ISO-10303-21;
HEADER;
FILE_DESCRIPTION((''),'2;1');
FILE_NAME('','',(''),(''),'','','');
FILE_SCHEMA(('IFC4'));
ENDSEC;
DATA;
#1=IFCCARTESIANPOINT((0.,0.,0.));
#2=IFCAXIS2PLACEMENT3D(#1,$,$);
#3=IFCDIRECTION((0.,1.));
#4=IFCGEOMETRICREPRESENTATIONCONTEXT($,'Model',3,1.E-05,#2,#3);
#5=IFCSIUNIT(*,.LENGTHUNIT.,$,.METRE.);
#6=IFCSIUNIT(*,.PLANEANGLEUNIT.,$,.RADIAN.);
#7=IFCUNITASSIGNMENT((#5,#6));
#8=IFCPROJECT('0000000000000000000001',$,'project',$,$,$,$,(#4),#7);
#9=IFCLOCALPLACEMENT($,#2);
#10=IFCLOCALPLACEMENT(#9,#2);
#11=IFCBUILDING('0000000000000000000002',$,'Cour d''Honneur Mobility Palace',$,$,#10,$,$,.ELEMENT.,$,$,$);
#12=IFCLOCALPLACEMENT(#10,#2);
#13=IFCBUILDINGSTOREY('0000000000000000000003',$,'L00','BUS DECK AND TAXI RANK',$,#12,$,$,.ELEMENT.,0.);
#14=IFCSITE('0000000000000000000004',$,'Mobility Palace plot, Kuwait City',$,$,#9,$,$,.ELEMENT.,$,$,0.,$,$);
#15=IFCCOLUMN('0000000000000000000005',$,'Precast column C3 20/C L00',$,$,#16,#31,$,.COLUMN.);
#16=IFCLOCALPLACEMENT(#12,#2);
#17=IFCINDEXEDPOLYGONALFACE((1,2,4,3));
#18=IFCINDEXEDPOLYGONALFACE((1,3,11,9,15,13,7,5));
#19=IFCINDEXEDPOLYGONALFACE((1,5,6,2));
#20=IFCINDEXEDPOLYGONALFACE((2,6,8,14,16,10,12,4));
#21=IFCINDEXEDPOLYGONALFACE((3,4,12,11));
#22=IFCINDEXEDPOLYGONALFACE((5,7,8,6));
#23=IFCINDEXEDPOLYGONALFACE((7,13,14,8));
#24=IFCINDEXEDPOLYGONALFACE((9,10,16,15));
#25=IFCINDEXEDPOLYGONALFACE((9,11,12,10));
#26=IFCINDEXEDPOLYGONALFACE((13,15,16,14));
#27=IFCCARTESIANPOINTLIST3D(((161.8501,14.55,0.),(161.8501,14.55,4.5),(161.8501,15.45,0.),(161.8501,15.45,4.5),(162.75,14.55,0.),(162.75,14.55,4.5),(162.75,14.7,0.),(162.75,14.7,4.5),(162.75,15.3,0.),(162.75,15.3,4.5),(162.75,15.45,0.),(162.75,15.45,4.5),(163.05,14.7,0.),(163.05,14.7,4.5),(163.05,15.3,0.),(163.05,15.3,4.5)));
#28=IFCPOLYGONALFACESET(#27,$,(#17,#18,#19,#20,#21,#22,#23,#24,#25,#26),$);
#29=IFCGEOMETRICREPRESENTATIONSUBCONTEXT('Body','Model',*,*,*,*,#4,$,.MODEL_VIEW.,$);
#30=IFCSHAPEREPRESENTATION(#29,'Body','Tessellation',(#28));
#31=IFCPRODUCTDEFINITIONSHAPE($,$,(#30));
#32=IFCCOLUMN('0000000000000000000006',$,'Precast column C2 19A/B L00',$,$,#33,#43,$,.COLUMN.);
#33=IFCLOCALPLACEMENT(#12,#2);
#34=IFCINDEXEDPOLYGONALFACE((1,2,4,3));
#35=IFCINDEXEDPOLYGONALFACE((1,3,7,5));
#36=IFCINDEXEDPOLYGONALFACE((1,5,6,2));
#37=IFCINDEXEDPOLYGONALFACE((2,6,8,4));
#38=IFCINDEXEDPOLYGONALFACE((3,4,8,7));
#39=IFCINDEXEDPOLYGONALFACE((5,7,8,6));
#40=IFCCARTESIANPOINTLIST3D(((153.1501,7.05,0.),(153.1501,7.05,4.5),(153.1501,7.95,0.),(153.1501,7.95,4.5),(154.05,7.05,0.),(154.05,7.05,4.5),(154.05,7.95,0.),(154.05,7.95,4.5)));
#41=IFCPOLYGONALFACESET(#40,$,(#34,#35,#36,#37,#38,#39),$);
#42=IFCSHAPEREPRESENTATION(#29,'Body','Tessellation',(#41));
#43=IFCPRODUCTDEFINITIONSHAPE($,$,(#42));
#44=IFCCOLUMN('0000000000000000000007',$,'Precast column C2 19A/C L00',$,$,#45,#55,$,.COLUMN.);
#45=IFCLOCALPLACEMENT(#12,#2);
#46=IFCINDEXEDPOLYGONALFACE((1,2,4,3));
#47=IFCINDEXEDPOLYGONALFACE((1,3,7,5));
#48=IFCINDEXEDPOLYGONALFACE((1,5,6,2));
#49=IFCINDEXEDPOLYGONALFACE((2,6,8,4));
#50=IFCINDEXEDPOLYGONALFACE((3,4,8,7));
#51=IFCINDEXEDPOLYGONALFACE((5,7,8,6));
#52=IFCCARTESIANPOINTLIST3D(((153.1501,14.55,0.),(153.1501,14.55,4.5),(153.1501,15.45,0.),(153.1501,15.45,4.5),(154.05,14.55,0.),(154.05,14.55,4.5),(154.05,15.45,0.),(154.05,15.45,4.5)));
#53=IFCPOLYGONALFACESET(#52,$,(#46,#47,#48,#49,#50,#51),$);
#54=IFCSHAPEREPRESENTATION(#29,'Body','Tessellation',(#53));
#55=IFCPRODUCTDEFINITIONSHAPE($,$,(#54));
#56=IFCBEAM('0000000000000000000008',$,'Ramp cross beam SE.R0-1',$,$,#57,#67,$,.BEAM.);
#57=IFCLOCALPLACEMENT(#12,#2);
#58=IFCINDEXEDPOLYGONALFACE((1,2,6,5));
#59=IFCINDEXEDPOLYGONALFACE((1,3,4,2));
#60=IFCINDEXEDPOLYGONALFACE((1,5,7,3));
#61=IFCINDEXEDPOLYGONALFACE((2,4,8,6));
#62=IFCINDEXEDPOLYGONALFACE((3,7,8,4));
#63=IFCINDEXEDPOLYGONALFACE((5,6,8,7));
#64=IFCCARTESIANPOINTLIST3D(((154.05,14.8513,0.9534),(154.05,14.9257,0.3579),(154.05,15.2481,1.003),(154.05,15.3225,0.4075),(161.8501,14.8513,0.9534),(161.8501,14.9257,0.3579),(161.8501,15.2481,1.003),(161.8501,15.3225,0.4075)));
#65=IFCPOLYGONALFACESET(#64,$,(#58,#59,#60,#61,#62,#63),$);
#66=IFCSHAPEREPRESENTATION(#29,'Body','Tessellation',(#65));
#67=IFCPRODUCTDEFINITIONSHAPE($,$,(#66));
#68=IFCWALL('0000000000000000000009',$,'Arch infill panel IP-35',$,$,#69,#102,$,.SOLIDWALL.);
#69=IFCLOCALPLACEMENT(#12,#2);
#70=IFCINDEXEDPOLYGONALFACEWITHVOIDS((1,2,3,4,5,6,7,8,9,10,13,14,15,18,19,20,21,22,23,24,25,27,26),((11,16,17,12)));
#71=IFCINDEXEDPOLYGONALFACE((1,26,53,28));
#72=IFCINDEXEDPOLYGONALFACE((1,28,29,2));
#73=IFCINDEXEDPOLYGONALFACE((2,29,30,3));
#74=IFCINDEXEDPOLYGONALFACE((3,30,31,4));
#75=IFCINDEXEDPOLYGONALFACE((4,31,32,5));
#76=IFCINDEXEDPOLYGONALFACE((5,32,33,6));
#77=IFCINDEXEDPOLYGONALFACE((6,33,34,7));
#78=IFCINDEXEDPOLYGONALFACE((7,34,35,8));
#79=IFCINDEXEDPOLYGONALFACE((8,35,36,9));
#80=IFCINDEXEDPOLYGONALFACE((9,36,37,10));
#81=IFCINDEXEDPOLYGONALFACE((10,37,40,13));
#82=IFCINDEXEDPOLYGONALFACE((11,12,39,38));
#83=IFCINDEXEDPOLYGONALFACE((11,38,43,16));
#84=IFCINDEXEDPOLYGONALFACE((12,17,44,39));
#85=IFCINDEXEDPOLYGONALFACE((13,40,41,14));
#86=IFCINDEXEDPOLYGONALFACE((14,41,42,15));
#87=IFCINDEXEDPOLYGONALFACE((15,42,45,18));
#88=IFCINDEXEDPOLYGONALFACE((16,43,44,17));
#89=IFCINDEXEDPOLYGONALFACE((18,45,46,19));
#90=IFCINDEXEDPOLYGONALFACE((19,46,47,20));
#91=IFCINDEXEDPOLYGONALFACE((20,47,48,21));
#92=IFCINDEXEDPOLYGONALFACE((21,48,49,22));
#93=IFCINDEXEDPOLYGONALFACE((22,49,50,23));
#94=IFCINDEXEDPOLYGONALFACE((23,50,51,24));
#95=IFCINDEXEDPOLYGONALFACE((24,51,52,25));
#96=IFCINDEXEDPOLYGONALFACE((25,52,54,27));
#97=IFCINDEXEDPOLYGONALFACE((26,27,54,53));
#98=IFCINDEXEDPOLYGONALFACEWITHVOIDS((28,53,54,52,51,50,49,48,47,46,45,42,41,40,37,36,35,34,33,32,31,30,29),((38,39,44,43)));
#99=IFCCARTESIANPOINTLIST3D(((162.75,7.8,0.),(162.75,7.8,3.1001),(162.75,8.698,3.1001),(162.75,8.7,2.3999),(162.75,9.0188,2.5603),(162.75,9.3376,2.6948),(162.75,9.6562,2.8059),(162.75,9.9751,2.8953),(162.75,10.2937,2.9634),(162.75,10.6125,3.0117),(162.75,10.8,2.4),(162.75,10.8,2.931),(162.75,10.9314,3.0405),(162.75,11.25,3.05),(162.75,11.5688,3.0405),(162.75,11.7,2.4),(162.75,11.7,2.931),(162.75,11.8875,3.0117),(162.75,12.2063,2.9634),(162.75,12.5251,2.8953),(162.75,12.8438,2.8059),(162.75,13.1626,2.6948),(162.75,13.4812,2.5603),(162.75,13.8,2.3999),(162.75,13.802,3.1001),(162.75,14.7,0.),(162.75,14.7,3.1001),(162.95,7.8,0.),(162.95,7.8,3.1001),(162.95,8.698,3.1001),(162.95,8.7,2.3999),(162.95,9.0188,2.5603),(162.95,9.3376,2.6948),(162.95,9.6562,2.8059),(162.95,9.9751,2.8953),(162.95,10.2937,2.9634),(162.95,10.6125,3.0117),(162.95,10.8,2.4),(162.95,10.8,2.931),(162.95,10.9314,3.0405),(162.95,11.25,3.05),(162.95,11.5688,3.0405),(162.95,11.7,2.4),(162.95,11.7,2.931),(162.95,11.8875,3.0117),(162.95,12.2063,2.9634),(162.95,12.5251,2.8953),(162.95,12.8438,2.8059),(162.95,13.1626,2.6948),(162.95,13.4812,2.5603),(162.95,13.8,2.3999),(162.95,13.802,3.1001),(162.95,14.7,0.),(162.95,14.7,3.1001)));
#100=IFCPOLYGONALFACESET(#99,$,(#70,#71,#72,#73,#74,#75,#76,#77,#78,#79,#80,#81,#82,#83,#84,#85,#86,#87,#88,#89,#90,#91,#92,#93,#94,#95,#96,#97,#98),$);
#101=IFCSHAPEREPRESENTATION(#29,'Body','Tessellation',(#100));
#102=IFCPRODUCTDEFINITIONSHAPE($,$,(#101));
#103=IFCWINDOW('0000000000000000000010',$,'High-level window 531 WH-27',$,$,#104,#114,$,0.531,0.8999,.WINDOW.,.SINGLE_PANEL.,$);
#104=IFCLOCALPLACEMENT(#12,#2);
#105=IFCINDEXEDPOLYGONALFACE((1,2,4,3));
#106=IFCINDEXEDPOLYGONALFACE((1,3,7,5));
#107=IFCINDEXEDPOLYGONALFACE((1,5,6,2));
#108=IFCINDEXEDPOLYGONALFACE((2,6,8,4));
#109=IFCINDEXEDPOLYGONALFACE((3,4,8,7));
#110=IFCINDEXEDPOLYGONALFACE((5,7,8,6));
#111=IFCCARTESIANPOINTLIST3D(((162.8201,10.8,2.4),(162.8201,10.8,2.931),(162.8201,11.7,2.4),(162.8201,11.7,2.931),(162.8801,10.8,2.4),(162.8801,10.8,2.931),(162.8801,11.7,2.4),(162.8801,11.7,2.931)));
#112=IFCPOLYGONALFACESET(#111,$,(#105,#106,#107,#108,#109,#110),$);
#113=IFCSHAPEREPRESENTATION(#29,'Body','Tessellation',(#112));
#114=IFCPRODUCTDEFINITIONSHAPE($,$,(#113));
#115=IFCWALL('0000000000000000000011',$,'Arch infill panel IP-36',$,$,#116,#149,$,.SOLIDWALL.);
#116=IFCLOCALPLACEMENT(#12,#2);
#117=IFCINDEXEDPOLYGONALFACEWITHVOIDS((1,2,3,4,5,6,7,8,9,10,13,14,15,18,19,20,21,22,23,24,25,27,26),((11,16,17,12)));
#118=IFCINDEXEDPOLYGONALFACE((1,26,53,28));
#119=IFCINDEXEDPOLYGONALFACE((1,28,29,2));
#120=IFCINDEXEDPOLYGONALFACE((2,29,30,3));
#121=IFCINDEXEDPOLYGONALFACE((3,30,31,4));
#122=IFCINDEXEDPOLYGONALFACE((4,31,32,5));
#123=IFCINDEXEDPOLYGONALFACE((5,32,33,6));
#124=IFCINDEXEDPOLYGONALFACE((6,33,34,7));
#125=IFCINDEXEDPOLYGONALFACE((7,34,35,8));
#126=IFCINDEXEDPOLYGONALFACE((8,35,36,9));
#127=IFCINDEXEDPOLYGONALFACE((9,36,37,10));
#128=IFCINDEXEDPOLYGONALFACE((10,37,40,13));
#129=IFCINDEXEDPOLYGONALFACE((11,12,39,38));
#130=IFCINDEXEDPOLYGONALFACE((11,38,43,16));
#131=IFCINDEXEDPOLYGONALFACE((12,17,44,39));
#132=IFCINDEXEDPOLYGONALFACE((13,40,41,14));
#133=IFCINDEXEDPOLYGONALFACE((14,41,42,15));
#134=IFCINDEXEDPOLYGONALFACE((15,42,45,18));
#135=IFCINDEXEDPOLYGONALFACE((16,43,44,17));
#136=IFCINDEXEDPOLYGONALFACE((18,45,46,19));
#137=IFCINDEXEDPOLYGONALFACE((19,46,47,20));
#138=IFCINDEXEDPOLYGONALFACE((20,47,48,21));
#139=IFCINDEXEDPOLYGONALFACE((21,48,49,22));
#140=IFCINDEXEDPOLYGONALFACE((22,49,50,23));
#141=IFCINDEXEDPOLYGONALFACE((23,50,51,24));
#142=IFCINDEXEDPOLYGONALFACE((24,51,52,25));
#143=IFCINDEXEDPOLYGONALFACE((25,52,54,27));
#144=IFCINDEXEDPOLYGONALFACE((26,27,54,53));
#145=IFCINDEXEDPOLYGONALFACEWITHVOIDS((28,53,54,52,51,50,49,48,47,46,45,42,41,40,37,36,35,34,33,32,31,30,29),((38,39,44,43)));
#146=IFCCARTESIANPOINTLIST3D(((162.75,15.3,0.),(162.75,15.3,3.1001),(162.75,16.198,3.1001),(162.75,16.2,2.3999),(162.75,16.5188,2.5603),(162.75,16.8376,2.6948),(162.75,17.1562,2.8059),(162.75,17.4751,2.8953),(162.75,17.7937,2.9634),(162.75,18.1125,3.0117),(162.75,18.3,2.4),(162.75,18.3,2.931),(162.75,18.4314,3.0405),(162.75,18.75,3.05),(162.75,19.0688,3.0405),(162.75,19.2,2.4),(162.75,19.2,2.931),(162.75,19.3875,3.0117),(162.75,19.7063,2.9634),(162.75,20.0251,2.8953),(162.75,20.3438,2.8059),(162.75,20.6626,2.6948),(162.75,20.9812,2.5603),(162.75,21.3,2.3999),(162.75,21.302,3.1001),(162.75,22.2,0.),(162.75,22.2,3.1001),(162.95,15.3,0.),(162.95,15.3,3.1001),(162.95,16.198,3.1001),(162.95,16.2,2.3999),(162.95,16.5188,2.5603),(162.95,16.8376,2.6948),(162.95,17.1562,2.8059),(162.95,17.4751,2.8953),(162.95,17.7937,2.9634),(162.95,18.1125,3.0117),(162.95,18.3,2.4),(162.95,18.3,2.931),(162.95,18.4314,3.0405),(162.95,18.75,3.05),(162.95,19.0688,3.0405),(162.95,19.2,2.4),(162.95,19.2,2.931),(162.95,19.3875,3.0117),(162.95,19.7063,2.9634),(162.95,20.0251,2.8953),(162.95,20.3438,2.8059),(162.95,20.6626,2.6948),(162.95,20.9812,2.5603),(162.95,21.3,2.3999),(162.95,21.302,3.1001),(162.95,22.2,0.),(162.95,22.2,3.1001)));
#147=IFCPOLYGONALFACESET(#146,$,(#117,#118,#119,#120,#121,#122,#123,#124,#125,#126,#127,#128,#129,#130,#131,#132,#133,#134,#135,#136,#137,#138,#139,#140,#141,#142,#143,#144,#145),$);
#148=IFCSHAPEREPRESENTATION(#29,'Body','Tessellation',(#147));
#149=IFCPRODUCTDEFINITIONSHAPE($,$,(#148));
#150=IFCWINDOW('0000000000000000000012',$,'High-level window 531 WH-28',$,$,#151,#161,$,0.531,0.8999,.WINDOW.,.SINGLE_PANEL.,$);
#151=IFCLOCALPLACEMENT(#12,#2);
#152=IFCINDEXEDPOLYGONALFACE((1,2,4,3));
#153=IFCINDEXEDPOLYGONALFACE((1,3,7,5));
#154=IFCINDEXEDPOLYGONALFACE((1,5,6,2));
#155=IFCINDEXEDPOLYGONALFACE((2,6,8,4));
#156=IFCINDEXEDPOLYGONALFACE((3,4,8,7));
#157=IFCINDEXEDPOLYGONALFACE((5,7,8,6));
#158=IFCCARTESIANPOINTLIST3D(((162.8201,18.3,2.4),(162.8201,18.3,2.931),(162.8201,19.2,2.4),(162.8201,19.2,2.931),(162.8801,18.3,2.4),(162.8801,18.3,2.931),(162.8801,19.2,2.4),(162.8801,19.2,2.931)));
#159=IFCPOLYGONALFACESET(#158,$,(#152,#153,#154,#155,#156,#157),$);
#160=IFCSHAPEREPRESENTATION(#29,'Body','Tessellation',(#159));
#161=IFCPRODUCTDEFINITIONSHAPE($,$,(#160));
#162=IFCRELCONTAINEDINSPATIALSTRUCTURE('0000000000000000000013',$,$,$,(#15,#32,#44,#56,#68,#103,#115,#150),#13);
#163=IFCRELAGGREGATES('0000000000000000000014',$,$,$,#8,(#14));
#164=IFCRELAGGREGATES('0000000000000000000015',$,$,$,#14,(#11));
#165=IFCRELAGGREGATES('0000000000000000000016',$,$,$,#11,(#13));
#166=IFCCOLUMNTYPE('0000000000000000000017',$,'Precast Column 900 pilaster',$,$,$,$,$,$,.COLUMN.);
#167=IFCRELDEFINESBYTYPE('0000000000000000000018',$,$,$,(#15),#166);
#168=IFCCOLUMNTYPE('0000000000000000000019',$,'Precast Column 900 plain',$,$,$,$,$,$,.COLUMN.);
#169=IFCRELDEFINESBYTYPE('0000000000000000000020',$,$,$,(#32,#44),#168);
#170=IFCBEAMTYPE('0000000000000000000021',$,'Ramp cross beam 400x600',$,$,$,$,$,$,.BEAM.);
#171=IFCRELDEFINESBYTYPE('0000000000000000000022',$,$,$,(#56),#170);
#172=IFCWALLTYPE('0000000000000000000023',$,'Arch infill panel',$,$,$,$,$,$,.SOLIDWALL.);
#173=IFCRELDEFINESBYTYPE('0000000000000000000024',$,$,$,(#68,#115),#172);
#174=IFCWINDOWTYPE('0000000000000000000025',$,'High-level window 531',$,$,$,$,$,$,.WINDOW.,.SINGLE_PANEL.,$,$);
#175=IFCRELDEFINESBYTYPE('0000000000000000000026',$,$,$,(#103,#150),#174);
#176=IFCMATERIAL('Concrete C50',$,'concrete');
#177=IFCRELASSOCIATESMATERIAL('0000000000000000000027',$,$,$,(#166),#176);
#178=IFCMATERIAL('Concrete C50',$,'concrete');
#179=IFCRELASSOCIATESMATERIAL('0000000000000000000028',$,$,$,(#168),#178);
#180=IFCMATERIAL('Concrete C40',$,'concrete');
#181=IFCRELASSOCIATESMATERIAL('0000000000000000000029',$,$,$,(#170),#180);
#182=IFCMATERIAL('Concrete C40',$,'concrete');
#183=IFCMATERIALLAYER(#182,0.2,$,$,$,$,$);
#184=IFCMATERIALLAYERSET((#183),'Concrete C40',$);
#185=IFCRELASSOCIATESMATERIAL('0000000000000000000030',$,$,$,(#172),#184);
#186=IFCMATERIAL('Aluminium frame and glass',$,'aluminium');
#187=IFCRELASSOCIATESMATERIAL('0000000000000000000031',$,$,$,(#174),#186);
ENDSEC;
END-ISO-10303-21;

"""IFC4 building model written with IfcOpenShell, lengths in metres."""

from ifc_helpers import new_model, si_unit, direction, frame, frame_2d, origin, origin_2d, place, context, subcontext, project, spatial, polyline, rectangle, outline, extrude, material, layer, layer_set, material_profile, profile_set, type_object, element, fill, save


model = new_model("IFC4")

# Units and contexts
model_context = context("Model", 3, precision=1e-05, world=origin(), true_north=direction((0.0, 1.0)))
body_context = subcontext(model_context, "Body", "Model", "MODEL_VIEW")
ifc_project = project(units=[si_unit("LENGTHUNIT", "METRE"), si_unit("PLANEANGLEUNIT", "RADIAN")], contexts=[model_context])

# Site, building, storey
site_placement = place(None, origin())
site = spatial("IfcSite", under=ifc_project, at=site_placement, Name="Mobility Palace plot, Kuwait City", CompositionType="ELEMENT", RefElevation=0.0)
building_placement = place(site_placement, origin())
building = spatial("IfcBuilding", under=site, at=building_placement, Name="Cour d'Honneur Mobility Palace", CompositionType="ELEMENT")
storey_placement = place(building_placement, origin())
storey = spatial("IfcBuildingStorey", under=building, at=storey_placement, Name="L00", Description="BUS DECK AND TAXI RANK", CompositionType="ELEMENT", Elevation=0.0)

# Columns
ifc_material_1 = material(Name="Concrete C50", Category="concrete")
ifc_material_profile_1 = material_profile(ifc_material_1, outline(polyline([(-0.45, -0.45), (0.45, -0.45), (0.45, -0.3), (0.75, -0.3), (0.75, 0.3), (0.45, 0.3), (0.45, 0.45), (-0.45, 0.45), (-0.45, -0.45)])), Name="PC C900 pilaster")
ifc_profile_set_1 = profile_set([ifc_material_profile_1], Name="Concrete C50")
column_type_1 = type_object("IfcColumnType", Name="Precast Column 900 pilaster", PredefinedType="COLUMN", material=ifc_profile_set_1)
for number, where, z_axis, x_axis, name in (
    (1, (162.3, 15.0, 0.0), (0.0, 0.0, 1.0), (1.0, 0.0, 0.0), "Precast column C3 20/C L00"),
):
    element("IfcColumn", number, at=place(storey_placement, frame(where, z_axis=z_axis, x_axis=x_axis)), inside=storey, type_object=column_type_1, Name=name, PredefinedType="COLUMN", context=body_context, shape_type="SweptSolid", body=[
        extrude(outline(polyline([(-0.45, -0.45), (0.45, -0.45), (0.45, -0.3), (0.75, -0.3), (0.75, 0.3), (0.45, 0.3), (0.45, 0.45), (-0.45, 0.45), (-0.45, -0.45)])), origin(), (0.0, 0.0, 1.0), 4.5),
    ])
ifc_material_2 = material(Name="Concrete C50", Category="concrete")
ifc_material_profile_2 = material_profile(ifc_material_2, outline(polyline([(-0.45, -0.45), (0.45, -0.45), (0.45, 0.45), (-0.45, 0.45), (-0.45, -0.45)])), Name="PC C900 plain")
ifc_profile_set_2 = profile_set([ifc_material_profile_2], Name="Concrete C50")
column_type_2 = type_object("IfcColumnType", Name="Precast Column 900 plain", PredefinedType="COLUMN", material=ifc_profile_set_2)
for number, where, z_axis, x_axis, name in (
    (2, (153.6001, 7.5, 0.0), (0.0, 0.0, 1.0), (1.0, 0.0, 0.0), "Precast column C2 19A/B L00"),
    (3, (153.6001, 15.0, 0.0), (0.0, 0.0, 1.0), (1.0, 0.0, 0.0), "Precast column C2 19A/C L00"),
):
    element("IfcColumn", number, at=place(storey_placement, frame(where, z_axis=z_axis, x_axis=x_axis)), inside=storey, type_object=column_type_2, Name=name, PredefinedType="COLUMN", context=body_context, shape_type="SweptSolid", body=[
        extrude(outline(polyline([(-0.45, -0.45), (0.45, -0.45), (0.45, 0.45), (-0.45, 0.45), (-0.45, -0.45)])), origin(), (0.0, 0.0, 1.0), 4.5),
    ])

# Beam
ifc_material_3 = material(Name="Concrete C40", Category="concrete")
ifc_material_profile_3 = material_profile(ifc_material_3, rectangle(XDim=0.3999, YDim=0.6001, at=origin_2d()), Name="Ramp cross beam 400x600")
ifc_profile_set_3 = profile_set([ifc_material_profile_3], Name="Concrete C40")
beam_type = type_object("IfcBeamType", Name="Ramp cross beam 400x600", PredefinedType="BEAM", material=ifc_profile_set_3)
beam_placement = place(storey_placement, frame((161.8501, 15.0869, 0.6804), z_axis=(-1.0, 0.0, 0.0), x_axis=(0.0, -0.992278, -0.124035)))
element("IfcBeam", 4, at=beam_placement, inside=storey, type_object=beam_type, Name="Ramp cross beam SE.R0-1", PredefinedType="BEAM", context=body_context, shape_type="SweptSolid", body=[
    extrude(rectangle(XDim=0.3999, YDim=0.6001, at=origin_2d()), origin(), (0.0, 0.0, 1.0), 7.8),
])

# Walls, openings, windows
ifc_material_4 = material(Name="Concrete C40", Category="concrete")
ifc_layer_1 = layer(ifc_material_4, 0.2)
ifc_layer_set_1 = layer_set([ifc_layer_1], Name="Concrete C40")
wall_type_1 = type_object("IfcWallType", Name="Arch infill panel", PredefinedType="SOLIDWALL", material=ifc_layer_set_1)
wall_1_placement = place(storey_placement, frame((162.8501, 7.8, 0.0), z_axis=(0.0, 0.0, 1.0), x_axis=(0.0, 1.0, 0.0)))
wall_1 = element("IfcWall", 5, at=wall_1_placement, inside=storey, type_object=wall_type_1, Name="Arch infill panel IP-35", PredefinedType="SOLIDWALL", context=body_context, shape_type="SweptSolid", body=[
    extrude(outline(polyline([(0.0, 0.0), (6.8999, 0.0), (6.8999, 3.1001), (6.002, 3.1001), (6.0, 2.3999), (5.6812, 2.5603), (5.3625, 2.6948), (5.0437, 2.8059), (4.7251, 2.8953), (4.4062, 2.9634), (4.0874, 3.0117), (3.7688, 3.0405), (3.45, 3.05), (3.1313, 3.0405), (2.8125, 3.0117), (2.4937, 2.9634), (2.175, 2.8953), (1.8562, 2.8059), (1.5376, 2.6948), (1.2188, 2.5603), (0.8999, 2.3999), (0.8979, 3.1001), (0.0, 3.1001), (0.0, 0.0)])), frame((0.0, 0.1001, 0.0), z_axis=(0.0, -1.0, 0.0), x_axis=(1.0, 0.0, 0.0)), (0.0, 0.0, 1.0), 0.2),
])
opening_1_placement = place(wall_1_placement, frame((3.0, 0.0, 2.3999)))
opening_1 = element("IfcOpeningElement", 6, at=opening_1_placement, cuts=wall_1, PredefinedType="OPENING", context=body_context, shape_type="SweptSolid", body=[
    extrude(rectangle(XDim=0.8999, YDim=0.531, at=frame_2d((0.45, 0.2656))), frame((0.0, 0.1099, 0.0), z_axis=(0.0, -1.0, 0.0), x_axis=(1.0, 0.0, 0.0)), (0.0, 0.0, 1.0), 0.22),
])
ifc_material_5 = material(Name="Aluminium frame and glass", Category="aluminium")
window_type = type_object("IfcWindowType", Name="High-level window 531", PartitioningType="SINGLE_PANEL", PredefinedType="WINDOW", material=ifc_material_5)
window_1_placement = place(opening_1_placement, origin())
window_1 = element("IfcWindow", 7, at=window_1_placement, inside=storey, type_object=window_type, Name="High-level window 531 WH-27", OverallHeight=0.531, OverallWidth=0.8999, PartitioningType="SINGLE_PANEL", PredefinedType="WINDOW", context=body_context, shape_type="SweptSolid", body=[
    extrude(rectangle(XDim=0.8999, YDim=0.531, at=frame_2d((0.45, 0.2656))), frame((0.0, 0.03, 0.0), z_axis=(0.0, -1.0, 0.0), x_axis=(1.0, 0.0, 0.0)), (0.0, 0.0, 1.0), 0.0601),
])
fill(opening_1, window_1)
wall_2_placement = place(storey_placement, frame((162.8501, 15.3, 0.0), z_axis=(0.0, 0.0, 1.0), x_axis=(0.0, 1.0, 0.0)))
wall_2 = element("IfcWall", 8, at=wall_2_placement, inside=storey, type_object=wall_type_1, Name="Arch infill panel IP-36", PredefinedType="SOLIDWALL", context=body_context, shape_type="SweptSolid", body=[
    extrude(outline(polyline([(0.0, 0.0), (6.8999, 0.0), (6.8999, 3.1001), (6.002, 3.1001), (6.0, 2.3999), (5.6812, 2.5603), (5.3625, 2.6948), (5.0437, 2.8059), (4.7251, 2.8953), (4.4062, 2.9634), (4.0874, 3.0117), (3.7688, 3.0405), (3.45, 3.05), (3.1313, 3.0405), (2.8125, 3.0117), (2.4937, 2.9634), (2.175, 2.8953), (1.8562, 2.8059), (1.5376, 2.6948), (1.2188, 2.5603), (0.8999, 2.3999), (0.8979, 3.1001), (0.0, 3.1001), (0.0, 0.0)])), frame((0.0, 0.1001, 0.0), z_axis=(0.0, -1.0, 0.0), x_axis=(1.0, 0.0, 0.0)), (0.0, 0.0, 1.0), 0.2),
])
opening_2_placement = place(wall_2_placement, frame((3.0, 0.0, 2.3999)))
opening_2 = element("IfcOpeningElement", 9, at=opening_2_placement, cuts=wall_2, PredefinedType="OPENING", context=body_context, shape_type="SweptSolid", body=[
    extrude(rectangle(XDim=0.8999, YDim=0.531, at=frame_2d((0.45, 0.2656))), frame((0.0, 0.1099, 0.0), z_axis=(0.0, -1.0, 0.0), x_axis=(1.0, 0.0, 0.0)), (0.0, 0.0, 1.0), 0.22),
])
window_2_placement = place(opening_2_placement, origin())
window_2 = element("IfcWindow", 10, at=window_2_placement, inside=storey, type_object=window_type, Name="High-level window 531 WH-28", OverallHeight=0.531, OverallWidth=0.8999, PartitioningType="SINGLE_PANEL", PredefinedType="WINDOW", context=body_context, shape_type="SweptSolid", body=[
    extrude(rectangle(XDim=0.8999, YDim=0.531, at=frame_2d((0.45, 0.2656))), frame((0.0, 0.03, 0.0), z_axis=(0.0, -1.0, 0.0), x_axis=(1.0, 0.0, 0.0)), (0.0, 0.0, 1.0), 0.0601),
])
fill(opening_2, window_2)

save(model, "model.ifc")
